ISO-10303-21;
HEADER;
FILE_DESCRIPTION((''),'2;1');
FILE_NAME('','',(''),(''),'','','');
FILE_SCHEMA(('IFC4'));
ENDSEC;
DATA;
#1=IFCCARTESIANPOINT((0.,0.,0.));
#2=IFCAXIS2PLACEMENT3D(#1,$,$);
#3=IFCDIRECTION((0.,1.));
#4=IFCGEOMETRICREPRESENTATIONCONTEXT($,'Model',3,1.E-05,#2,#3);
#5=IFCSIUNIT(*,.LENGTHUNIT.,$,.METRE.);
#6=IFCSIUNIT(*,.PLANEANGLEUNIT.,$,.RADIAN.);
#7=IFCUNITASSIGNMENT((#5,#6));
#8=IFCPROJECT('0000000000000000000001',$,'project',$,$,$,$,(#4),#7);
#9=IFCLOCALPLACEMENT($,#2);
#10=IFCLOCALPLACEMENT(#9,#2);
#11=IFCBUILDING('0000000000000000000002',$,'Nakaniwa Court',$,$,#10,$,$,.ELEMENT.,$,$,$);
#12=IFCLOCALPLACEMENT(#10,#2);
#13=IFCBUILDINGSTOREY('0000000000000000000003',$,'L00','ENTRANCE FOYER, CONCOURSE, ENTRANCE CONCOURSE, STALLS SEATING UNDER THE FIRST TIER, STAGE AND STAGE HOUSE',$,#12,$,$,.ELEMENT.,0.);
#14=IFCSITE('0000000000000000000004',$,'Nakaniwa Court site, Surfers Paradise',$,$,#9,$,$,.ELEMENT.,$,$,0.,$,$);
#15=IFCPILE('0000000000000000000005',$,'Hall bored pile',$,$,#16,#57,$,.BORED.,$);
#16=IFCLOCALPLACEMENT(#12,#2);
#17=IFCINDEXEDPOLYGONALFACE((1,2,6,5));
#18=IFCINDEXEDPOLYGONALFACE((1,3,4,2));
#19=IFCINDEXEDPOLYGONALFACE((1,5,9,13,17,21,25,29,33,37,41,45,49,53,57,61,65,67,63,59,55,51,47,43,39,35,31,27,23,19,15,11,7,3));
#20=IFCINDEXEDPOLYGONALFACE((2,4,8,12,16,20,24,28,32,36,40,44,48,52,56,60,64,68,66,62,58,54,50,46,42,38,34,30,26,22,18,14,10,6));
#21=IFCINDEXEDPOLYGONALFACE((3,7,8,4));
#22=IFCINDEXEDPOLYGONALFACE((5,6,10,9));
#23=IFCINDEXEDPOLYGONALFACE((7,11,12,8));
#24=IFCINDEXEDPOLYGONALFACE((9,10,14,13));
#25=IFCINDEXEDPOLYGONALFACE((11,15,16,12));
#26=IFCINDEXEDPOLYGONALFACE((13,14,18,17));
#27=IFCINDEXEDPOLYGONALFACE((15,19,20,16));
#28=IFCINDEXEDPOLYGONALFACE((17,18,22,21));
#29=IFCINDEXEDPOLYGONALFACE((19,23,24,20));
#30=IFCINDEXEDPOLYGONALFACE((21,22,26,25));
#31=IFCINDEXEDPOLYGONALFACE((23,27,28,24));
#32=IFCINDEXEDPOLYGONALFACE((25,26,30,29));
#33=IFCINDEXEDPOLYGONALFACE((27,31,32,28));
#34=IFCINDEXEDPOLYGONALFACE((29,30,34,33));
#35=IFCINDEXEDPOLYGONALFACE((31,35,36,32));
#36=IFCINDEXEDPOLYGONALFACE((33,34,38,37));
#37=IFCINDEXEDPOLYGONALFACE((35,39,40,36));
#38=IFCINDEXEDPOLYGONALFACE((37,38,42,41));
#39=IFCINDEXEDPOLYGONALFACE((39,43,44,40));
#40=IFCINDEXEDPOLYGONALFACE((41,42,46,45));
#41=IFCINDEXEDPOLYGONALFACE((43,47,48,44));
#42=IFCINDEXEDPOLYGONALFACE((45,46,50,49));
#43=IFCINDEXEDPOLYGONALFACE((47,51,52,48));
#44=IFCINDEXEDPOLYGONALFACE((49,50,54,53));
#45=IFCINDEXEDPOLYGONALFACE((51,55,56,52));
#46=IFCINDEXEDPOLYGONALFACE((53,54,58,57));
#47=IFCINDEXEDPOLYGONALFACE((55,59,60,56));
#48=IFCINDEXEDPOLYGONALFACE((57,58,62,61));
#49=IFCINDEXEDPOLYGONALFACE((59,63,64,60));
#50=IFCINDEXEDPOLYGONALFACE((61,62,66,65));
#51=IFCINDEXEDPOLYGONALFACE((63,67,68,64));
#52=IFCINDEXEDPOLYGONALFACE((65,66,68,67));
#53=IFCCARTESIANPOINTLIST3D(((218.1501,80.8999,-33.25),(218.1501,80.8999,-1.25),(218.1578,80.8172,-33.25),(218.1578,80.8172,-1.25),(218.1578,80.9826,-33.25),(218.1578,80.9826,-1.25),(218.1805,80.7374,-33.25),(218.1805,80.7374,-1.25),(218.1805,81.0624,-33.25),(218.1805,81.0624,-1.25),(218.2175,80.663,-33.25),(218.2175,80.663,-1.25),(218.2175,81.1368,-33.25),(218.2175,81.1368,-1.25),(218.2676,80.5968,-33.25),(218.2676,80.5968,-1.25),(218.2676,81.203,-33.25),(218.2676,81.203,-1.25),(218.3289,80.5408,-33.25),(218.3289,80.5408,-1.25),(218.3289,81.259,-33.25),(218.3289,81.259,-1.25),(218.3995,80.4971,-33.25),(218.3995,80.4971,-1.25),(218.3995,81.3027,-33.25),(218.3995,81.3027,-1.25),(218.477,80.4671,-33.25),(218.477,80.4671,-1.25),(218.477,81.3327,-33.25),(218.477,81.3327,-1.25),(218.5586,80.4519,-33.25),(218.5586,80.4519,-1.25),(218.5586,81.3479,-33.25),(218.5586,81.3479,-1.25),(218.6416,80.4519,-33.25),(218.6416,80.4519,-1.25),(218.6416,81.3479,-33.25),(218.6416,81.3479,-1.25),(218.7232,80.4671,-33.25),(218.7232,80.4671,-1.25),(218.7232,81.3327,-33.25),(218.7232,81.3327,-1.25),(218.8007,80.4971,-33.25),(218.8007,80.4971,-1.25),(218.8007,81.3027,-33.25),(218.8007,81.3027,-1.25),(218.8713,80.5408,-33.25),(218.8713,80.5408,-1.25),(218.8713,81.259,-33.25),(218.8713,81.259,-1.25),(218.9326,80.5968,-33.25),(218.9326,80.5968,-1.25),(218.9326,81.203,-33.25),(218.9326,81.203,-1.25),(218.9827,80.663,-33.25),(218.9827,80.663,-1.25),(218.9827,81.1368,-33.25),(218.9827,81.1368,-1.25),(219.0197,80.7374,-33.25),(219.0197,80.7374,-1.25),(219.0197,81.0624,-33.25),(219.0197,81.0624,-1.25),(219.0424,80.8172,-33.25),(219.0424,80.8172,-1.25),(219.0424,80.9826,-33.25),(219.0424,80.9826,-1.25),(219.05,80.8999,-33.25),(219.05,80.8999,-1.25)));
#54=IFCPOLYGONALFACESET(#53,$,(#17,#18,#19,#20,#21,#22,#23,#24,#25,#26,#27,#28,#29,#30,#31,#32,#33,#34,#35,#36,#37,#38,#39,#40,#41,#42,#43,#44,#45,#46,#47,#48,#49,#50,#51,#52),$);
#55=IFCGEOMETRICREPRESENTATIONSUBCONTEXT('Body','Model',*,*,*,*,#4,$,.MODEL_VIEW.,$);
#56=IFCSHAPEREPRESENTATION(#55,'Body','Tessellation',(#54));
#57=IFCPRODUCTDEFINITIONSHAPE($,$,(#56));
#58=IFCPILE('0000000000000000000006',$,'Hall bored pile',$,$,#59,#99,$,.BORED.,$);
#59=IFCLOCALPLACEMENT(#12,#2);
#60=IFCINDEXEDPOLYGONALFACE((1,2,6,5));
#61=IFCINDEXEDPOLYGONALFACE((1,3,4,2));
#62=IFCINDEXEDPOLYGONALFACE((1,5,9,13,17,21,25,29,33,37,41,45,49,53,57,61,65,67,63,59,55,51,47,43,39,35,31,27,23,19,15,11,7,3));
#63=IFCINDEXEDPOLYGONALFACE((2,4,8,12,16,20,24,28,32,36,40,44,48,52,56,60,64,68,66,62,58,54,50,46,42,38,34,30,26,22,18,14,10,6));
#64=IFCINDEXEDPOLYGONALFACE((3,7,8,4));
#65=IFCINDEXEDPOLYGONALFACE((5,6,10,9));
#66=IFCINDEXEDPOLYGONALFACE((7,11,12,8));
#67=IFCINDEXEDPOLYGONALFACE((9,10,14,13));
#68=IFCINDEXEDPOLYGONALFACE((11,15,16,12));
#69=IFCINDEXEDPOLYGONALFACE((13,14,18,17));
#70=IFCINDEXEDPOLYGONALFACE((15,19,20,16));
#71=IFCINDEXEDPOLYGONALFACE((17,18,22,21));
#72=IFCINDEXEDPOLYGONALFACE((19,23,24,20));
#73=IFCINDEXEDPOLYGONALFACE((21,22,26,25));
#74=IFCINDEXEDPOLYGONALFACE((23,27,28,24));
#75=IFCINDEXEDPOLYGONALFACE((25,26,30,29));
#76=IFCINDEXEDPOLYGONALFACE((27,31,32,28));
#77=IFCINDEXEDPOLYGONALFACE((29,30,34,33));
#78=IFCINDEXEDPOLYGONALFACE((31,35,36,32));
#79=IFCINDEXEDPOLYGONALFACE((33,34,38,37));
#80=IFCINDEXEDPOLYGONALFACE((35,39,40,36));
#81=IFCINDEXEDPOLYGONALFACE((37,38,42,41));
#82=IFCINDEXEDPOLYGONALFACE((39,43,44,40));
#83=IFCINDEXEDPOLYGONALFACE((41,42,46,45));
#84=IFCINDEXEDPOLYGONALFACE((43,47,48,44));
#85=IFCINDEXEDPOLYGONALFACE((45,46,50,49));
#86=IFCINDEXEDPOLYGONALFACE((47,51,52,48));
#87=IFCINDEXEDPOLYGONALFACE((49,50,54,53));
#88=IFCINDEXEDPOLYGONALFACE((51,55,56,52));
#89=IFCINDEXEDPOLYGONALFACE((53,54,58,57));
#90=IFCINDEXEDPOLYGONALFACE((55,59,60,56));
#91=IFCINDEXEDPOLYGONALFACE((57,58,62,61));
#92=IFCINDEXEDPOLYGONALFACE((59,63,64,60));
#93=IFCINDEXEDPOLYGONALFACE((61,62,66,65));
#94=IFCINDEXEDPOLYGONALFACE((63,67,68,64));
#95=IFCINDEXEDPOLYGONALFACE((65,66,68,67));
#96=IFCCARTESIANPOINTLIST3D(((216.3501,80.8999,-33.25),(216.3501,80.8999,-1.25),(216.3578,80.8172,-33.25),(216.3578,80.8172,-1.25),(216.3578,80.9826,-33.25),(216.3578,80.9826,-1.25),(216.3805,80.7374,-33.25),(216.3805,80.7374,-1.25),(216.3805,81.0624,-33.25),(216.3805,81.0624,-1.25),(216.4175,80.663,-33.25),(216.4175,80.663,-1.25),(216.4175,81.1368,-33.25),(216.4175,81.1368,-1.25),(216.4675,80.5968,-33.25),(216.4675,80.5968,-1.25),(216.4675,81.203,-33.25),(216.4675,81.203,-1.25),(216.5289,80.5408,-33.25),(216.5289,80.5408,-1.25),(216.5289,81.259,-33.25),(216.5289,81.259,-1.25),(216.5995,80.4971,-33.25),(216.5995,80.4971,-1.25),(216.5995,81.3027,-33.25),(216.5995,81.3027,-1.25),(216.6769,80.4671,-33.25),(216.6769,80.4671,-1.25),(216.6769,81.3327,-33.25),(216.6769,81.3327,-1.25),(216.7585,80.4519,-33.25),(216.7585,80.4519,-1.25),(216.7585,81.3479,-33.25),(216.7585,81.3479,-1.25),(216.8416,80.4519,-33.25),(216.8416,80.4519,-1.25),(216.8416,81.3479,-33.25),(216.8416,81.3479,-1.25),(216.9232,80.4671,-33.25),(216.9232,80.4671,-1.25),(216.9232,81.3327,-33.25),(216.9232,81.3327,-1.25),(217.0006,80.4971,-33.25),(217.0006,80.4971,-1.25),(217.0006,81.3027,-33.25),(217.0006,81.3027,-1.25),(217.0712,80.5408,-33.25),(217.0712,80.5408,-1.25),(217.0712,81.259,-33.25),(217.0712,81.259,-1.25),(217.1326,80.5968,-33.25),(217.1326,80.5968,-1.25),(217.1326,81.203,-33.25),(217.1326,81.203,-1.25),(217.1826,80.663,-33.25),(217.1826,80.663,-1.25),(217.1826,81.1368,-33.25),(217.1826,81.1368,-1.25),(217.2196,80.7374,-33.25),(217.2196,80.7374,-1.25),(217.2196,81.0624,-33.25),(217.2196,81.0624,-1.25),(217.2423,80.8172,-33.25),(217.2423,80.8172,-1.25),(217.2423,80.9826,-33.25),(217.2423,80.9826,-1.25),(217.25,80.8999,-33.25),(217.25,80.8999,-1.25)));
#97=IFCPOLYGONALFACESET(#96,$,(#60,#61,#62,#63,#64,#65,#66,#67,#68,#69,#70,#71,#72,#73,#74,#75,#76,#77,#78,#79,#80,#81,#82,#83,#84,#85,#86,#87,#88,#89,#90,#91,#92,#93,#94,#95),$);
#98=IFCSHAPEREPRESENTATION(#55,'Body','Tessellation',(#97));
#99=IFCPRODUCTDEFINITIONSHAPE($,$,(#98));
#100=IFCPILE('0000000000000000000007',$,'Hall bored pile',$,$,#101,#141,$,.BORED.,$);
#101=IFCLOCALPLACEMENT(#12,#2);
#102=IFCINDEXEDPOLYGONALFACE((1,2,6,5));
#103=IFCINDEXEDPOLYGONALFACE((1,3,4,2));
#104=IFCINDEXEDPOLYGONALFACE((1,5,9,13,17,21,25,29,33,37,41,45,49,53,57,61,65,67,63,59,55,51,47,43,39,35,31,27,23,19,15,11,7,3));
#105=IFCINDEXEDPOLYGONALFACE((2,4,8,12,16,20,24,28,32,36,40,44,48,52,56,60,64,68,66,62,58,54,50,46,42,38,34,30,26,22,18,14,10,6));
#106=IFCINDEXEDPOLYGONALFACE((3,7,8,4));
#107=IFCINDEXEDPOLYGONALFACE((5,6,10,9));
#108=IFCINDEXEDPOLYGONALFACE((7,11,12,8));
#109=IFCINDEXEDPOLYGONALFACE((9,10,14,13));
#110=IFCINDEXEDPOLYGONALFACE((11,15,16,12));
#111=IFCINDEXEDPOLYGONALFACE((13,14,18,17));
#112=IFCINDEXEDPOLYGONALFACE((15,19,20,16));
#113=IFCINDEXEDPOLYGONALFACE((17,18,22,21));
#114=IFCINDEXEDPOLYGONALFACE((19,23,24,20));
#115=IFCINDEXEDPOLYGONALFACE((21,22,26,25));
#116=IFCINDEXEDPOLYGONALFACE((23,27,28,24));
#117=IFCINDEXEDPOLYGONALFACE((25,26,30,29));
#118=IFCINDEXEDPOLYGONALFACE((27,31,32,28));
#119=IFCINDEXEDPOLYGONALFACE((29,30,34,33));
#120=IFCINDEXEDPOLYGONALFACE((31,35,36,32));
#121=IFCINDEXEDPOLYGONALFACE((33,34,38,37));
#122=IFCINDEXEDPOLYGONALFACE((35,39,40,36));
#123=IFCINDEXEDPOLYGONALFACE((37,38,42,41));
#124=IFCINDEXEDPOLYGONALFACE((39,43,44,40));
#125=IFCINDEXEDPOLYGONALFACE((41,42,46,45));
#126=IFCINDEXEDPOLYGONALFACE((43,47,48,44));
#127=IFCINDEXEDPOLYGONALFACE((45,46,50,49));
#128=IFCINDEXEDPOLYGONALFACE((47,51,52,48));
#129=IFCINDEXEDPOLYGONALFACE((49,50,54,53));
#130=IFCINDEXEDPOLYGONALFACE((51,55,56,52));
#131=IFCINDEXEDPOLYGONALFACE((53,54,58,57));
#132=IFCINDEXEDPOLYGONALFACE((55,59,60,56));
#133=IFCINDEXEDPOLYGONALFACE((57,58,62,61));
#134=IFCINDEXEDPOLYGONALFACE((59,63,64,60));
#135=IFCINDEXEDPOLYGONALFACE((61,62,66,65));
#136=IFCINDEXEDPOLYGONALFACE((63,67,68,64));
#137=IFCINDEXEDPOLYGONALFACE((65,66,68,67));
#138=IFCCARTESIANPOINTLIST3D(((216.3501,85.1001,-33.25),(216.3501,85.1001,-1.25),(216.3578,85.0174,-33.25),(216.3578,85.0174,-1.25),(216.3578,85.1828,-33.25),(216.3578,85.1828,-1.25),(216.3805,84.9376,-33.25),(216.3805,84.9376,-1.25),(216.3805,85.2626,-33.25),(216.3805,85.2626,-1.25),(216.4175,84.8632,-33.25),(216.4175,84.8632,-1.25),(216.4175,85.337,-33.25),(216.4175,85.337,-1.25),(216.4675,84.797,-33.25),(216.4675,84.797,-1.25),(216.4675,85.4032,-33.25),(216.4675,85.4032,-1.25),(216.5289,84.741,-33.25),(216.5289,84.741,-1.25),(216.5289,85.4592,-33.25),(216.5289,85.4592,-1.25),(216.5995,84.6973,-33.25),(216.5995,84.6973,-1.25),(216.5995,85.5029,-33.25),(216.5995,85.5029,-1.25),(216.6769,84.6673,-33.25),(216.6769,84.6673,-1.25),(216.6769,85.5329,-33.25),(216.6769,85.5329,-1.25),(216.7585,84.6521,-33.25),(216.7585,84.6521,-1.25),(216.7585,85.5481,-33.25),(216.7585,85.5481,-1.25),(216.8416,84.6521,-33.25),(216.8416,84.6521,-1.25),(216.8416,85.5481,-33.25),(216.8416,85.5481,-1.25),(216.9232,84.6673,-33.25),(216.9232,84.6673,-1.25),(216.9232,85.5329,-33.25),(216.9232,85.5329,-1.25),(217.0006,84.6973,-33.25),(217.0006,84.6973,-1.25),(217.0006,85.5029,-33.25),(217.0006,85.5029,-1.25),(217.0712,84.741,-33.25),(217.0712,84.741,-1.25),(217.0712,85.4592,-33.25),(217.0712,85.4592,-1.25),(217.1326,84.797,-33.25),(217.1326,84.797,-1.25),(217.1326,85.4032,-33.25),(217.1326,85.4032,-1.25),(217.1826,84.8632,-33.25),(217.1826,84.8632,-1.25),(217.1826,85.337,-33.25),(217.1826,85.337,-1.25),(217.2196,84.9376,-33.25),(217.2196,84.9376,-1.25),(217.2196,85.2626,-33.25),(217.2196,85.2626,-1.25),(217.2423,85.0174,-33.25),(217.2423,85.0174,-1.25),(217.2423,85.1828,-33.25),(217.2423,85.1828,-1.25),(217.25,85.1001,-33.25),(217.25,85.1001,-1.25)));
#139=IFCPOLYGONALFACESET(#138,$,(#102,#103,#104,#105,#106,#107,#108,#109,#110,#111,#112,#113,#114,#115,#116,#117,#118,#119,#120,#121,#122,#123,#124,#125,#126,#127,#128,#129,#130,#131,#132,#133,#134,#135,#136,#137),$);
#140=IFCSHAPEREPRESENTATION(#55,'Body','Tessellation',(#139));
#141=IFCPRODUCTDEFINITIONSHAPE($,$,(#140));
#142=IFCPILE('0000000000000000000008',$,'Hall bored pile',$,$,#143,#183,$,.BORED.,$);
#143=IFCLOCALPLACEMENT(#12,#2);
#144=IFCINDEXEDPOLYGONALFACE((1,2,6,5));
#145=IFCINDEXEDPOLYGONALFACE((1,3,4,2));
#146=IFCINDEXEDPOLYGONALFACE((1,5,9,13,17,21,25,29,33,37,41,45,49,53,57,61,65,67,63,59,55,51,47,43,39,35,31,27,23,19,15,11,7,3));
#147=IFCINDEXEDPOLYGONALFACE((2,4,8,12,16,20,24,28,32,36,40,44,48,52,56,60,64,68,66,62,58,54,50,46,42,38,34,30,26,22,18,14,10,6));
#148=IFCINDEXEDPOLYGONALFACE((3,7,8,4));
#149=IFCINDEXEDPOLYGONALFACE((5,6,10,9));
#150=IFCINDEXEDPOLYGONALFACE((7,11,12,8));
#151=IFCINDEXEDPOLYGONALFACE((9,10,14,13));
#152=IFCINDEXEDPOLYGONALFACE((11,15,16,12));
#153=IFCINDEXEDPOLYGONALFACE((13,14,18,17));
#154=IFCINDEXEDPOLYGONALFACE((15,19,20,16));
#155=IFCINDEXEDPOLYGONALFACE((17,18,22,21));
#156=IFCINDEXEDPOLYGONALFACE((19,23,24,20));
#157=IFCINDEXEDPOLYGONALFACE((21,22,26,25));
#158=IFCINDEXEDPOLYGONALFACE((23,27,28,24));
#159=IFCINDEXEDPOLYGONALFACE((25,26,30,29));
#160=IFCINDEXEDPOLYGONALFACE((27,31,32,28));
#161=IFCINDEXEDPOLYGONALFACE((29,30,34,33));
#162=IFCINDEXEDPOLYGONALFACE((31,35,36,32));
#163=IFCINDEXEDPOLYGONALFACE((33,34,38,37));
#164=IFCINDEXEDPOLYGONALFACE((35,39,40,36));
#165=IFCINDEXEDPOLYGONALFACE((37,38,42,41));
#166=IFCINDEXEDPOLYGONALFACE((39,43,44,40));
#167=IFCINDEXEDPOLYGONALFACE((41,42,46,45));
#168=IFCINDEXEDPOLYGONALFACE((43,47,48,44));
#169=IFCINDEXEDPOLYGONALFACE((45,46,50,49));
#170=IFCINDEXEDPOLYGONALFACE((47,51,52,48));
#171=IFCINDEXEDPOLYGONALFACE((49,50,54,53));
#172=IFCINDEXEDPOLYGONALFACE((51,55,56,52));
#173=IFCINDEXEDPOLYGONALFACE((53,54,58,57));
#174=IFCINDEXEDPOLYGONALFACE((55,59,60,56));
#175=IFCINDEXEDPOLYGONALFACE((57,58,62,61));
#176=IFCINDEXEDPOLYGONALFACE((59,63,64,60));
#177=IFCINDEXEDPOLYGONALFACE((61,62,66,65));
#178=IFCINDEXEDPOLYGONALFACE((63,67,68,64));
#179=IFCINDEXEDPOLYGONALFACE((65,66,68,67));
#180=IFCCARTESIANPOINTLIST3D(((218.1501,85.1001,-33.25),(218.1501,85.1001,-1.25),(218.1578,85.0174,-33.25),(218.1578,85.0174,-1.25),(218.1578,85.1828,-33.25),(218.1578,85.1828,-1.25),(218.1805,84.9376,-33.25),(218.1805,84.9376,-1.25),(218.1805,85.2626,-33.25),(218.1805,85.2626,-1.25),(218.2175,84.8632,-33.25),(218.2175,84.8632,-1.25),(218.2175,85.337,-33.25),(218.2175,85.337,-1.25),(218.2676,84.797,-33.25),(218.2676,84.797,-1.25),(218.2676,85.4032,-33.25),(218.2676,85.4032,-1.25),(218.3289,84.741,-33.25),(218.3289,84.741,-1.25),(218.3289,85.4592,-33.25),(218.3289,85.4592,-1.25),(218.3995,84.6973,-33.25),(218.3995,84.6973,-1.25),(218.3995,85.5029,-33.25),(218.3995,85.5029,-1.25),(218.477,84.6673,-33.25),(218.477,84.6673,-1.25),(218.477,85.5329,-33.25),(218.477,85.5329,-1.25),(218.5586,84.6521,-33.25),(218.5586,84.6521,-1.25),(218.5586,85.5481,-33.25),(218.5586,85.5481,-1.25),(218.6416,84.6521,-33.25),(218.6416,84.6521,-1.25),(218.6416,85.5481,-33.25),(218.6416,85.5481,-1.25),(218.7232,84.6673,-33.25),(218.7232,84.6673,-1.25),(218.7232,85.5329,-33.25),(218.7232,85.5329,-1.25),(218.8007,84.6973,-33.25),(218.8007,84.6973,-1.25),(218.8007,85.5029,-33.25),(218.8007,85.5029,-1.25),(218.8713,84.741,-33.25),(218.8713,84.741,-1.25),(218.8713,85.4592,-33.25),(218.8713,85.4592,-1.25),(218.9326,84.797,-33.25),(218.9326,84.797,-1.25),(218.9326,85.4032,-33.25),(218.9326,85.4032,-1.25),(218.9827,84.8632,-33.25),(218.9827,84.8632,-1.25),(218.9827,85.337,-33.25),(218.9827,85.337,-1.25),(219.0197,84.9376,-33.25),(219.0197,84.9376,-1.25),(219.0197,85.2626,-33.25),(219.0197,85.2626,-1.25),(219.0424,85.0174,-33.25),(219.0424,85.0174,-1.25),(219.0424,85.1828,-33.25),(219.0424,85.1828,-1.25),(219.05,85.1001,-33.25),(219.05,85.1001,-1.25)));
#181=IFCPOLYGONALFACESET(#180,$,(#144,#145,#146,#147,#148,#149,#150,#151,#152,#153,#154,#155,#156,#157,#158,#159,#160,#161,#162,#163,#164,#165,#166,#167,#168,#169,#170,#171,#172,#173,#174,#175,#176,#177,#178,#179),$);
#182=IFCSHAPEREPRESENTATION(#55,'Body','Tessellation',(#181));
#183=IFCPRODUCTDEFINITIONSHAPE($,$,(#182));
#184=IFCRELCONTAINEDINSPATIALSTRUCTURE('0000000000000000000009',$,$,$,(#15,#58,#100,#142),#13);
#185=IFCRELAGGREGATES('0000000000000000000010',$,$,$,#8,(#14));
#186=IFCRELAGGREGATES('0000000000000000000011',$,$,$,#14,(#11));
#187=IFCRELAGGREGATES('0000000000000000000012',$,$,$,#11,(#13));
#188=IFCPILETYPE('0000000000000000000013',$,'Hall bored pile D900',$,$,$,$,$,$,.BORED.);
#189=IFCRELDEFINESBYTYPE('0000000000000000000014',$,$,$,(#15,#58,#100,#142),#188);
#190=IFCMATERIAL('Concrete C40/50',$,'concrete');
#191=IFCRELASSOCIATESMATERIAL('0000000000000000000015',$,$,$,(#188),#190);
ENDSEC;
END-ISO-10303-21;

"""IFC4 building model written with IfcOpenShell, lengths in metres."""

from ifc_helpers import new_model, si_unit, direction, frame, origin, origin_2d, place, context, subcontext, project, spatial, circle, extrude, material, material_profile, profile_set, type_object, element, save


model = new_model("IFC4")

# Units and contexts
model_context = context("Model", 3, precision=1e-05, world=origin(), true_north=direction((0.0, 1.0)))
body_context = subcontext(model_context, "Body", "Model", "MODEL_VIEW")
ifc_project = project(units=[si_unit("LENGTHUNIT", "METRE"), si_unit("PLANEANGLEUNIT", "RADIAN")], contexts=[model_context])

# Site, building, storey
site_placement = place(None, origin())
site = spatial("IfcSite", under=ifc_project, at=site_placement, Name="Nakaniwa Court site, Surfers Paradise", CompositionType="ELEMENT", RefElevation=0.0)
building_placement = place(site_placement, origin())
building = spatial("IfcBuilding", under=site, at=building_placement, Name="Nakaniwa Court", CompositionType="ELEMENT")
storey_placement = place(building_placement, origin())
storey = spatial("IfcBuildingStorey", under=building, at=storey_placement, Name="L00", Description="ENTRANCE FOYER, CONCOURSE, ENTRANCE CONCOURSE, STALLS SEATING UNDER THE FIRST TIER, STAGE AND STAGE HOUSE", CompositionType="ELEMENT", Elevation=0.0)

# Piles
ifc_material_1 = material(Name="Concrete C40/50", Category="concrete")
ifc_material_profile_1 = material_profile(ifc_material_1, circle(Radius=0.45, at=origin_2d()), Name="Bored pile D900")
ifc_profile_set_1 = profile_set([ifc_material_profile_1], Name="Concrete C40/50")
pile_type = type_object("IfcPileType", Name="Hall bored pile D900", PredefinedType="BORED", material=ifc_profile_set_1)
for number, where, z_axis, x_axis, name in (
    (1, (218.6001, 80.8999, -1.25), (0.0, 0.0, -1.0), (1.0, 0.0, 0.0), "Hall bored pile"),
    (2, (216.8, 80.8999, -1.25), (0.0, 0.0, -1.0), (1.0, 0.0, 0.0), "Hall bored pile"),
    (3, (216.8, 85.1001, -1.25), (0.0, 0.0, -1.0), (1.0, 0.0, 0.0), "Hall bored pile"),
    (4, (218.6001, 85.1001, -1.25), (0.0, 0.0, -1.0), (1.0, 0.0, 0.0), "Hall bored pile"),
):
    element("IfcPile", number, at=place(storey_placement, frame(where, z_axis=z_axis, x_axis=x_axis)), inside=storey, type_object=pile_type, Name=name, PredefinedType="BORED", context=body_context, shape_type="SweptSolid", body=[
        extrude(circle(Radius=0.45, at=origin_2d()), origin(), (0.0, 0.0, 1.0), 32.0),
    ])

save(model, "model.ifc")
